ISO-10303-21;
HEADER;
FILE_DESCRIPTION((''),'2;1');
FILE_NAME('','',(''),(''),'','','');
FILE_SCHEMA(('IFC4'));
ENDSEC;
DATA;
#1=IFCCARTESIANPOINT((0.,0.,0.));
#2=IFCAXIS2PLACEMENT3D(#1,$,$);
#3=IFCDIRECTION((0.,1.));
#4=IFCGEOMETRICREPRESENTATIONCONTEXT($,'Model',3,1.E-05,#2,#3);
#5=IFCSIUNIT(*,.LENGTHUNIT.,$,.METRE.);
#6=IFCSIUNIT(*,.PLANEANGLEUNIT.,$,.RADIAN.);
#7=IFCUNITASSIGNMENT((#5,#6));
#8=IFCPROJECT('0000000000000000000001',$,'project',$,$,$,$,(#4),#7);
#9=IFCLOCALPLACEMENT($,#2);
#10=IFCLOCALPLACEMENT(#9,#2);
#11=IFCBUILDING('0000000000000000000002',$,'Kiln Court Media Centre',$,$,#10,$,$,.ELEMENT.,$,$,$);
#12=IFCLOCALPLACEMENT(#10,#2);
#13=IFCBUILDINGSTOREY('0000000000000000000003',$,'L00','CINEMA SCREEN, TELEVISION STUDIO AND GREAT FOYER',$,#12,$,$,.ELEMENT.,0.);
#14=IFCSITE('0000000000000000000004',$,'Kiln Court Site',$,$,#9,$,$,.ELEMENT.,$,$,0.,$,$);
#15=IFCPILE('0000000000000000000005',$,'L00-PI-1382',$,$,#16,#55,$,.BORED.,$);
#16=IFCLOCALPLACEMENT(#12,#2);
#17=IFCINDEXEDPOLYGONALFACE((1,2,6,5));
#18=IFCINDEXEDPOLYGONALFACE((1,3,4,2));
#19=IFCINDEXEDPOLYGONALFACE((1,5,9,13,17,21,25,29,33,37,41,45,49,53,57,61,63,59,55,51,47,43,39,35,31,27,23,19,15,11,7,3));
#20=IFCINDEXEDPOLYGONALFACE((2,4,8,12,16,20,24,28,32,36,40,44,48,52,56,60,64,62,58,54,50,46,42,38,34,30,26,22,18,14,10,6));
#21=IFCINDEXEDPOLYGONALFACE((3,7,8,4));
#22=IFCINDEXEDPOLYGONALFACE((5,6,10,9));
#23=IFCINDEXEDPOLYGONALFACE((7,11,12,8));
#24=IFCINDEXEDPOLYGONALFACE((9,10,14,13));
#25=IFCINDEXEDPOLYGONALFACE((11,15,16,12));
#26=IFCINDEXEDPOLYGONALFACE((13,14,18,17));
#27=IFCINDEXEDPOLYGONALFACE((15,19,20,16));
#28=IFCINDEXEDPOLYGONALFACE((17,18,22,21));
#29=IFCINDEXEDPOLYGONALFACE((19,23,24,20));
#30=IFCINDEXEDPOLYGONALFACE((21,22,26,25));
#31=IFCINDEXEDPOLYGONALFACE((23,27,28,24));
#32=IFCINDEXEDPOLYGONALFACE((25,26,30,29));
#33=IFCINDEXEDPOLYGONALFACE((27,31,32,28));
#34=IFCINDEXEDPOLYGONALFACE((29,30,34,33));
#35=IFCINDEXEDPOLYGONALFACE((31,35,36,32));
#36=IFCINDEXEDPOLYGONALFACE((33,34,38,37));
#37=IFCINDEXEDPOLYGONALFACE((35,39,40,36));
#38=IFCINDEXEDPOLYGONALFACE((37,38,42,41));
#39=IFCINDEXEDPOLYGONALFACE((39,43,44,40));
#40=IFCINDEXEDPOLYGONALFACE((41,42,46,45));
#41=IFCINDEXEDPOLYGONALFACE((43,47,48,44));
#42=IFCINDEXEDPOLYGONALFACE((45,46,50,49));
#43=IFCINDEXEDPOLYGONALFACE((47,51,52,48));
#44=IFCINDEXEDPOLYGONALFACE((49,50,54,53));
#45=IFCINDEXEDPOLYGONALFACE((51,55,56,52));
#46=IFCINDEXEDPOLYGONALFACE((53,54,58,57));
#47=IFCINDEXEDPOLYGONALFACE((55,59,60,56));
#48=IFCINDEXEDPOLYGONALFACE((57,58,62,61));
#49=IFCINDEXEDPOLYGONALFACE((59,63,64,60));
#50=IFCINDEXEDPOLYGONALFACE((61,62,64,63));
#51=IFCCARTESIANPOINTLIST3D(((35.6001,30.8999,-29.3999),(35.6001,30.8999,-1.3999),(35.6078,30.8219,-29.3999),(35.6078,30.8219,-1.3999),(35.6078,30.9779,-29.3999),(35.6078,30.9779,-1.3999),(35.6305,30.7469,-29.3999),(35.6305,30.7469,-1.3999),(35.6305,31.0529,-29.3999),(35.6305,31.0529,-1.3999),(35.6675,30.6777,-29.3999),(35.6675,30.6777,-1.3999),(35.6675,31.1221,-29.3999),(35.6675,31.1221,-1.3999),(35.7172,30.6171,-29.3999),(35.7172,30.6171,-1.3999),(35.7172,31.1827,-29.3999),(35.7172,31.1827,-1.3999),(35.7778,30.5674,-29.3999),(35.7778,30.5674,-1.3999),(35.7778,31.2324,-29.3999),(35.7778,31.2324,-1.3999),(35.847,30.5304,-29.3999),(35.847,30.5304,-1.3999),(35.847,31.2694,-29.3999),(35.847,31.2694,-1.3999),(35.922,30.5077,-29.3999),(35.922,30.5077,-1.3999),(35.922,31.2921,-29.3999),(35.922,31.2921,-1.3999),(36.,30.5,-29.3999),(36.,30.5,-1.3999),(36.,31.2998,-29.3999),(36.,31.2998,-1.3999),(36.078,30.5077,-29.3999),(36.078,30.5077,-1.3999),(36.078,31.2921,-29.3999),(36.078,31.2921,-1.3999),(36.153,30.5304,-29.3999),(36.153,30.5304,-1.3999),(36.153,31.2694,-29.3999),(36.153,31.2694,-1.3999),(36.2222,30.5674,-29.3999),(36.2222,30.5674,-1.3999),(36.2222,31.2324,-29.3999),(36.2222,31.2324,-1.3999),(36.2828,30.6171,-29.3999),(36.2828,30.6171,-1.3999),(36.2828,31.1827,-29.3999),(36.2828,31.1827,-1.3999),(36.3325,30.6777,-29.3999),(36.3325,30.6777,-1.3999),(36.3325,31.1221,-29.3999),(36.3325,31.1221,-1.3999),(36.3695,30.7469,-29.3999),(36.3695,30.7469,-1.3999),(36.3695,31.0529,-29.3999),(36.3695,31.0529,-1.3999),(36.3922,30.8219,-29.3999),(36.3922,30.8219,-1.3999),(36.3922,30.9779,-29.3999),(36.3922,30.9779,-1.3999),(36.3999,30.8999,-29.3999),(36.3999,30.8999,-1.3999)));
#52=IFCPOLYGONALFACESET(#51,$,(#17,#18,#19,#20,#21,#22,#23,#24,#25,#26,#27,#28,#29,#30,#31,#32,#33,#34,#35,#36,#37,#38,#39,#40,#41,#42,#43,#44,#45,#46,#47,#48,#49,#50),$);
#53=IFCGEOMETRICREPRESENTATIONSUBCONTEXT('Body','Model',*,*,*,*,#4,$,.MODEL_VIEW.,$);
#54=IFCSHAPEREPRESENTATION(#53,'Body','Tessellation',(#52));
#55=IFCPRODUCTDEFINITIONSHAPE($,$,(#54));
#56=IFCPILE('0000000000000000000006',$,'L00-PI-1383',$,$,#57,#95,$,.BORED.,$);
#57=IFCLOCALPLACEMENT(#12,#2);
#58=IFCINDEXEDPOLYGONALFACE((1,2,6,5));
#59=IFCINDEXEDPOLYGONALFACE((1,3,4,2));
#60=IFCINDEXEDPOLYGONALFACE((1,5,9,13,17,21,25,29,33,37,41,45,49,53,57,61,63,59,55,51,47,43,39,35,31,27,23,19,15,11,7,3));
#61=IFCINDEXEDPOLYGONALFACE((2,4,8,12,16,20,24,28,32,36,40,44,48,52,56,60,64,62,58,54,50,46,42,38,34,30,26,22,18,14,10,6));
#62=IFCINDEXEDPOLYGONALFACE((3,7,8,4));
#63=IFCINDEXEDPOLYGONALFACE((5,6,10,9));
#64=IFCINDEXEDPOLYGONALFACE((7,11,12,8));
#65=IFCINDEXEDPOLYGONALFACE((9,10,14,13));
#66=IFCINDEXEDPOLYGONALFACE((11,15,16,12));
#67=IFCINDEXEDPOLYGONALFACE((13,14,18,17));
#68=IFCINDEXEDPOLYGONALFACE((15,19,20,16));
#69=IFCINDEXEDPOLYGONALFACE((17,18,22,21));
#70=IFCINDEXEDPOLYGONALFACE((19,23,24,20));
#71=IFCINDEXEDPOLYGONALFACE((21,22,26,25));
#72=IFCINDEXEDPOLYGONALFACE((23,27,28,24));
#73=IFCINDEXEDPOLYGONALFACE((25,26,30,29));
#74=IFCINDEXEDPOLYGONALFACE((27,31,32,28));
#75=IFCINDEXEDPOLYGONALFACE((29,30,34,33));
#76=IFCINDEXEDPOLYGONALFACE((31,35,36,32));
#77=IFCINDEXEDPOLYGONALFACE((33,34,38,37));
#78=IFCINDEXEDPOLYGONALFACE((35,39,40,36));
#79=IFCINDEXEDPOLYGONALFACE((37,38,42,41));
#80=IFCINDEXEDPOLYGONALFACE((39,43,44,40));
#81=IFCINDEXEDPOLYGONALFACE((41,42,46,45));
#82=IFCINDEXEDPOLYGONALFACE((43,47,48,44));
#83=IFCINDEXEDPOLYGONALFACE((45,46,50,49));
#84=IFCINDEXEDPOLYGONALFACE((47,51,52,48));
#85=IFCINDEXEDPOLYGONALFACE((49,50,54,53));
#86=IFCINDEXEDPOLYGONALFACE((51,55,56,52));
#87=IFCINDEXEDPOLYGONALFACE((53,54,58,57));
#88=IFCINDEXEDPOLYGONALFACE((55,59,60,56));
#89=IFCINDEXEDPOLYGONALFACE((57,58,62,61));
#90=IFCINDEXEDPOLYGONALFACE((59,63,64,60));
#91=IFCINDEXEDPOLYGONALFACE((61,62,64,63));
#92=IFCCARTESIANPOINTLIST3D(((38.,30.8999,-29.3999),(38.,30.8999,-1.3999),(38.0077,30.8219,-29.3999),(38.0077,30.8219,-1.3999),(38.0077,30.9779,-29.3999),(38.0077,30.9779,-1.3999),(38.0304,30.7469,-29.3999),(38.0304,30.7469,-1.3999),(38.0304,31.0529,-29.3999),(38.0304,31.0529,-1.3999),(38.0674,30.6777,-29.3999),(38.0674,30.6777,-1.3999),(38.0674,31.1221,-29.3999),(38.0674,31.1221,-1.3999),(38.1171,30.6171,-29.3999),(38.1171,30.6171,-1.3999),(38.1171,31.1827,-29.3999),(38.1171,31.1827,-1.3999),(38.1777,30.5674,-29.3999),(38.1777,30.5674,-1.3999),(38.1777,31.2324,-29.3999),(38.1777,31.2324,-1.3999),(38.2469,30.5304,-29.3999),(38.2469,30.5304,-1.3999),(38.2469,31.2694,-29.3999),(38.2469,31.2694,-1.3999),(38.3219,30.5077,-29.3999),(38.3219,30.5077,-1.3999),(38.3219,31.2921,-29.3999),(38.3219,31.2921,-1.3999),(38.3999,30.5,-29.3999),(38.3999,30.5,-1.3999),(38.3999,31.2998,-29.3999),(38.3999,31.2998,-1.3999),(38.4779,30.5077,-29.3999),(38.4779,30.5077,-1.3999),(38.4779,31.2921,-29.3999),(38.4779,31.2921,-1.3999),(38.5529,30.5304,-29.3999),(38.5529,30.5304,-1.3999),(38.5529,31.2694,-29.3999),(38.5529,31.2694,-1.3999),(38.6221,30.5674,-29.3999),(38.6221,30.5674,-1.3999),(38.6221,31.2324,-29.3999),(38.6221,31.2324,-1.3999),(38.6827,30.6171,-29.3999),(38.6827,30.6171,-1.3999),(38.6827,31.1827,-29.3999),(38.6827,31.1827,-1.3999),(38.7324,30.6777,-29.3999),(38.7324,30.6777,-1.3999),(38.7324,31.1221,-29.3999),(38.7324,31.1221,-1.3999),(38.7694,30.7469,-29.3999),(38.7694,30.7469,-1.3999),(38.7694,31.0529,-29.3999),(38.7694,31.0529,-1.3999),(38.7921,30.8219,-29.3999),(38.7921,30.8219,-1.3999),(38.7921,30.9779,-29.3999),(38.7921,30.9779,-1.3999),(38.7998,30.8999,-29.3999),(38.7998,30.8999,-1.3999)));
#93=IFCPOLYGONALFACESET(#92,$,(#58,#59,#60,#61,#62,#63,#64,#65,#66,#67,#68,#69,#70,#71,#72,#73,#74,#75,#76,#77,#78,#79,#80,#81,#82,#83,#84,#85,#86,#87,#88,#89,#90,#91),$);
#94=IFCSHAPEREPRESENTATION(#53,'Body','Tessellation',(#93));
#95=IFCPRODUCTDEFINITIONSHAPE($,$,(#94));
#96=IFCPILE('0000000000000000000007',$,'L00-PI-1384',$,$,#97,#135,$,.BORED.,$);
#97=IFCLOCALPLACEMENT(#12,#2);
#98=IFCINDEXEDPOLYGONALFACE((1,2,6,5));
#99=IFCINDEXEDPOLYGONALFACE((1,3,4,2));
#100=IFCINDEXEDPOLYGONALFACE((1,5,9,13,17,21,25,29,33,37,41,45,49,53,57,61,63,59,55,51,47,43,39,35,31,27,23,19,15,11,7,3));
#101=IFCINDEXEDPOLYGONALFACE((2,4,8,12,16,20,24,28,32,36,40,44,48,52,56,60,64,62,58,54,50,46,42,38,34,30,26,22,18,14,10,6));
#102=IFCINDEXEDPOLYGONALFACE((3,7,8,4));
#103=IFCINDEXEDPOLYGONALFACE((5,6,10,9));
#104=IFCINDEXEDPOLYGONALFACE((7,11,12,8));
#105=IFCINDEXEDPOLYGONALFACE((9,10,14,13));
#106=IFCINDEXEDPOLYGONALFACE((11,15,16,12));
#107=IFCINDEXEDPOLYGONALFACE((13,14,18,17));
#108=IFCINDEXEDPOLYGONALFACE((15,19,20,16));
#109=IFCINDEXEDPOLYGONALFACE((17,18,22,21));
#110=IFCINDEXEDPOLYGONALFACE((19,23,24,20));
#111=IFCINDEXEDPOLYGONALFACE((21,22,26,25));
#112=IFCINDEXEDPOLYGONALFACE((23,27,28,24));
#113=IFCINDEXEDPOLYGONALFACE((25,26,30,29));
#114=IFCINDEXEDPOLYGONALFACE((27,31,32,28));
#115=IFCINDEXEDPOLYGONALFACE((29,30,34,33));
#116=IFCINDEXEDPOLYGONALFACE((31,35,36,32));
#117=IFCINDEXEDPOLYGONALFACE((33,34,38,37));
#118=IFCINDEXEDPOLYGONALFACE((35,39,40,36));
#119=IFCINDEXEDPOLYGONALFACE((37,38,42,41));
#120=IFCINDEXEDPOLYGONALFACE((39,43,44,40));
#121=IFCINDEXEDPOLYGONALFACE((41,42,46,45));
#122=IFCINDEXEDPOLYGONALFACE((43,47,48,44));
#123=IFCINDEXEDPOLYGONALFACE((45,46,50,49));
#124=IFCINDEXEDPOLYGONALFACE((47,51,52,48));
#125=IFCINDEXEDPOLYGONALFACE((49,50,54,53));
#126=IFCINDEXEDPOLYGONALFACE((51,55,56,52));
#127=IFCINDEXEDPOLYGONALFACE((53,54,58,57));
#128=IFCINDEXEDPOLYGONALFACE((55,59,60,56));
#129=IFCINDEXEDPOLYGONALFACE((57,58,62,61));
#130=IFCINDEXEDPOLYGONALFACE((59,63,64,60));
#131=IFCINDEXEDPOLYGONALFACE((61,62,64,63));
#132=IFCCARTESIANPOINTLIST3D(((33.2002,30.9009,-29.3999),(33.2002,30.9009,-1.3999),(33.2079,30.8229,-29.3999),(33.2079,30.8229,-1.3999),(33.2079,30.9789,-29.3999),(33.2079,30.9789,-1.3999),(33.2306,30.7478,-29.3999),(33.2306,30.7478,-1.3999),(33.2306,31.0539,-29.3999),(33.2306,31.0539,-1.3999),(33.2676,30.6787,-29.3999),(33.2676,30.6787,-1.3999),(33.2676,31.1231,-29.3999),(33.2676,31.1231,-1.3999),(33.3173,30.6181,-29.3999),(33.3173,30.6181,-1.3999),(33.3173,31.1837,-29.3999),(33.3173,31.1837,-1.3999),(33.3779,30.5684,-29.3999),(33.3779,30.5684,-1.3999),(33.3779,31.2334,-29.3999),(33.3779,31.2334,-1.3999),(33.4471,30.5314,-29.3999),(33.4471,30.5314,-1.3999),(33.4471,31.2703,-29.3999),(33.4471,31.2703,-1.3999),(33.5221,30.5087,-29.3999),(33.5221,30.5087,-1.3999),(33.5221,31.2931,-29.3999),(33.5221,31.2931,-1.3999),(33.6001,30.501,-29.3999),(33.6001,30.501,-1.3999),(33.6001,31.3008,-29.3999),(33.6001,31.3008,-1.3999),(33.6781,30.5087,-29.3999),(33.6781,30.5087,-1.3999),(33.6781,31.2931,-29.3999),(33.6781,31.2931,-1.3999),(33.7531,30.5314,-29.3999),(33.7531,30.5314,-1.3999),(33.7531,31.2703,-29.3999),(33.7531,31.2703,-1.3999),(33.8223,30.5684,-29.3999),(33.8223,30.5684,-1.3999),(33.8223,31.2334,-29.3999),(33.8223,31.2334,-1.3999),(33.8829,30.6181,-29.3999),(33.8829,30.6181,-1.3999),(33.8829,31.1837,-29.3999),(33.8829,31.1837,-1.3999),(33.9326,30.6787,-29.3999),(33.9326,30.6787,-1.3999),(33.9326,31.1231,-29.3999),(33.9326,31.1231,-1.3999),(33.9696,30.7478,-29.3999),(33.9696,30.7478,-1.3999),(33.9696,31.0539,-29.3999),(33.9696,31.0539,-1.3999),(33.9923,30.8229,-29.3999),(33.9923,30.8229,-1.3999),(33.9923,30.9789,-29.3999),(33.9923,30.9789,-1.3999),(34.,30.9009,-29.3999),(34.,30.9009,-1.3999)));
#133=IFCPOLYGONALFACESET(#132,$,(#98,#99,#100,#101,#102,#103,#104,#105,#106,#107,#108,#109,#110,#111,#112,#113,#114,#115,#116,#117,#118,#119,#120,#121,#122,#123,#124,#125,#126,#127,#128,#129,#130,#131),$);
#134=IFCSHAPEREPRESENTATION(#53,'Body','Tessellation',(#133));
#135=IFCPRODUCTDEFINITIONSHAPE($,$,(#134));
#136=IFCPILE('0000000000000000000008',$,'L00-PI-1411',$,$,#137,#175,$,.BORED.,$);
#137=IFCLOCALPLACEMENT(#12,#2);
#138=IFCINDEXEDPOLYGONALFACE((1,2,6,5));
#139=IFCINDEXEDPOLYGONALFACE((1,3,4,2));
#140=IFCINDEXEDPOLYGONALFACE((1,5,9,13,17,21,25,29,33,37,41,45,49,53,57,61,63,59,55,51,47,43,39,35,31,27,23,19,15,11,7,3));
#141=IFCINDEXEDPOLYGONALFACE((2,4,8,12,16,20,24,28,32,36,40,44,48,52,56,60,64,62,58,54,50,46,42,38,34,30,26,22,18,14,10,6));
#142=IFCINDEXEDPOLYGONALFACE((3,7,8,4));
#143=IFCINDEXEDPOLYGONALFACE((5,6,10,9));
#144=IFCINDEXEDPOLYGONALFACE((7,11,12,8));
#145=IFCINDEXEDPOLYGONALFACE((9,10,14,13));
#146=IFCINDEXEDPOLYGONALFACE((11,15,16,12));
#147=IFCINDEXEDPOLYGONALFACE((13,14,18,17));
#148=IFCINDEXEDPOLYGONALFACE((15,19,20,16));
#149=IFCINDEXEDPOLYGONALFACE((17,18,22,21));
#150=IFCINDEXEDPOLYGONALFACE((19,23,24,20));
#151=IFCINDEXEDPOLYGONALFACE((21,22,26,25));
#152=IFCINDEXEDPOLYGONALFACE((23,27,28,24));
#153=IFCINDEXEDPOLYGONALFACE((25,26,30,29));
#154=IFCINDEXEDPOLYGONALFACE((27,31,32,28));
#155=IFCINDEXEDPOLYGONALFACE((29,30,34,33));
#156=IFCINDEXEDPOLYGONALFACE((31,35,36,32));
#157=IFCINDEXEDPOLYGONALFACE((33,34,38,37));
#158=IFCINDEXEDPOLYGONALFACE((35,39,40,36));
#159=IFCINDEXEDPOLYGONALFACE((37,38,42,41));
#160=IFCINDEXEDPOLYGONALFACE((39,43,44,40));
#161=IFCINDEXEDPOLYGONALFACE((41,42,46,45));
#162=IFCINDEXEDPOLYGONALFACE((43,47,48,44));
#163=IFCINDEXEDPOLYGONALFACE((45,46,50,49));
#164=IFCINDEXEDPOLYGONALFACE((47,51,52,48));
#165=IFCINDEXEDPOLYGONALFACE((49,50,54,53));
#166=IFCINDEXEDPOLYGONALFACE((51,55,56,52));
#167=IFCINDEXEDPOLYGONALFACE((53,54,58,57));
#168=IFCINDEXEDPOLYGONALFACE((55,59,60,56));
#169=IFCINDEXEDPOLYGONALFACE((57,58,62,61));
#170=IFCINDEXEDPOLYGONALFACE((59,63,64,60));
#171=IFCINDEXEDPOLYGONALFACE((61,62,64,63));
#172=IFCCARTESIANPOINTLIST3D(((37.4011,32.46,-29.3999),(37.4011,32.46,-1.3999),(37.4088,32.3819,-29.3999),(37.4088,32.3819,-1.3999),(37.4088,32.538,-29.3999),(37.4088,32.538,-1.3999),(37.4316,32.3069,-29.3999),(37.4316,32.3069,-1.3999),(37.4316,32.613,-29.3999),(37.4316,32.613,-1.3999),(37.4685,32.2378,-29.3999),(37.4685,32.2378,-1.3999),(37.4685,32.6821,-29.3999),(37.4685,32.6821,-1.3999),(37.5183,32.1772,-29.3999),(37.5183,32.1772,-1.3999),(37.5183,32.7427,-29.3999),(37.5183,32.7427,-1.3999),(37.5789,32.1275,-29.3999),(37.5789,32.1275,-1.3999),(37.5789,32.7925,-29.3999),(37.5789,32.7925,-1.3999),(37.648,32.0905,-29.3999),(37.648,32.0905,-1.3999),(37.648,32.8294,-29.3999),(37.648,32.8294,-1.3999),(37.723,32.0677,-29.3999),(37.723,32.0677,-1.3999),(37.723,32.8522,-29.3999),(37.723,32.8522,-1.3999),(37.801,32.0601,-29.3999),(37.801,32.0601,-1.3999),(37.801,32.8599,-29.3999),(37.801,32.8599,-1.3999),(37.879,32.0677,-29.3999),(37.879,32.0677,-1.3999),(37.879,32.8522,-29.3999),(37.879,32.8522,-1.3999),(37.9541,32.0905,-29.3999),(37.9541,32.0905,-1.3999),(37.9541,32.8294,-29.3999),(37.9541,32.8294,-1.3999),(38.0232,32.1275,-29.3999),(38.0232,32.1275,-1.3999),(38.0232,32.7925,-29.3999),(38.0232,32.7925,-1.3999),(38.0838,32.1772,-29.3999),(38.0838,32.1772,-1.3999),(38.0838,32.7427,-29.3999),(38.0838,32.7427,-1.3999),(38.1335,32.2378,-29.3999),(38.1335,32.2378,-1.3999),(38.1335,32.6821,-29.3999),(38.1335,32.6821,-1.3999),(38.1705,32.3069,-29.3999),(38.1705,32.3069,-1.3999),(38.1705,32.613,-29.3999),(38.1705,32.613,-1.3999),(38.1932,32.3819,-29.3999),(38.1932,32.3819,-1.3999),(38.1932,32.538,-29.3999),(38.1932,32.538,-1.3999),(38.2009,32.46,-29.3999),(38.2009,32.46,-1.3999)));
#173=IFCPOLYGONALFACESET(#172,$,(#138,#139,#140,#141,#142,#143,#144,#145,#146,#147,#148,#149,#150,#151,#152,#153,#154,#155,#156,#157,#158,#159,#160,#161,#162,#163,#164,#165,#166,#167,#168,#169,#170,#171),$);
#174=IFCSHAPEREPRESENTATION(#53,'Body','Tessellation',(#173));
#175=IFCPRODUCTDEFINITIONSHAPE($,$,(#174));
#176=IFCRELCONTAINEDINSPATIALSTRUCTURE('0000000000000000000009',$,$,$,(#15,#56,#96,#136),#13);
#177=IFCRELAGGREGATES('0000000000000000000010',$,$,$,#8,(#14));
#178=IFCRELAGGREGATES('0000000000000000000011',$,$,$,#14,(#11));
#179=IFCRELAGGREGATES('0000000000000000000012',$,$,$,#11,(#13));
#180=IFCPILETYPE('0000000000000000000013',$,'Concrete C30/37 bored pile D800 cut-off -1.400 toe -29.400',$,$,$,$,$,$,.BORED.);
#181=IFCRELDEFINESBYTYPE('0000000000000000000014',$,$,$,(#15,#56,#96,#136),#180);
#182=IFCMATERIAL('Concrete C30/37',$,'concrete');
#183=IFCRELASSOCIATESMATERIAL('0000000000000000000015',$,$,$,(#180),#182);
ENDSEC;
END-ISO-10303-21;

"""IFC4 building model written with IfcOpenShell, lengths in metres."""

from ifc_helpers import new_model, si_unit, direction, frame, origin, origin_2d, place, context, subcontext, project, spatial, circle, extrude, material, material_profile, profile_set, type_object, element, save


model = new_model("IFC4")

# Units and contexts
model_context = context("Model", 3, precision=1e-05, world=origin(), true_north=direction((0.0, 1.0)))
body_context = subcontext(model_context, "Body", "Model", "MODEL_VIEW")
ifc_project = project(units=[si_unit("LENGTHUNIT", "METRE"), si_unit("PLANEANGLEUNIT", "RADIAN")], contexts=[model_context])

# Site, building, storey
site_placement = place(None, origin())
site = spatial("IfcSite", under=ifc_project, at=site_placement, Name="Kiln Court Site", CompositionType="ELEMENT", RefElevation=0.0)
building_placement = place(site_placement, origin())
building = spatial("IfcBuilding", under=site, at=building_placement, Name="Kiln Court Media Centre", CompositionType="ELEMENT")
storey_placement = place(building_placement, origin())
storey = spatial("IfcBuildingStorey", under=building, at=storey_placement, Name="L00", Description="CINEMA SCREEN, TELEVISION STUDIO AND GREAT FOYER", CompositionType="ELEMENT", Elevation=0.0)

# Piles
ifc_material_1 = material(Name="Concrete C30/37", Category="concrete")
ifc_material_profile_1 = material_profile(ifc_material_1, circle(Radius=0.3999, at=origin_2d()), Name="PILE D800")
ifc_profile_set_1 = profile_set([ifc_material_profile_1], Name="Concrete C30/37")
pile_type_1 = type_object("IfcPileType", Name="Concrete C30/37 bored pile D800 cut-off -1.400 toe -29.400", PredefinedType="BORED", material=ifc_profile_set_1)
for number, where, z_axis, x_axis, name in (
    (1, (36.0, 30.8999, -1.3999), (0.0, 0.0, -1.0), (1.0, 0.0, 0.0), "L00-PI-1382"),
    (2, (38.3999, 30.8999, -1.3999), (0.0, 0.0, -1.0), (1.0, 0.0, 0.0), "L00-PI-1383"),
    (3, (33.6001, 30.9009, -1.3999), (0.0, 0.0, -1.0), (1.0, 0.0, 0.0), "L00-PI-1384"),
    (4, (37.801, 32.46, -1.3999), (0.0, 0.0, -1.0), (1.0, 0.0, 0.0), "L00-PI-1411"),
):
    element("IfcPile", number, at=place(storey_placement, frame(where, z_axis=z_axis, x_axis=x_axis)), inside=storey, type_object=pile_type_1, Name=name, PredefinedType="BORED", context=body_context, shape_type="SweptSolid", body=[
        extrude(circle(Radius=0.3999, at=origin_2d()), origin(), (0.0, 0.0, 1.0), 28.0),
    ])

save(model, "model.ifc")
